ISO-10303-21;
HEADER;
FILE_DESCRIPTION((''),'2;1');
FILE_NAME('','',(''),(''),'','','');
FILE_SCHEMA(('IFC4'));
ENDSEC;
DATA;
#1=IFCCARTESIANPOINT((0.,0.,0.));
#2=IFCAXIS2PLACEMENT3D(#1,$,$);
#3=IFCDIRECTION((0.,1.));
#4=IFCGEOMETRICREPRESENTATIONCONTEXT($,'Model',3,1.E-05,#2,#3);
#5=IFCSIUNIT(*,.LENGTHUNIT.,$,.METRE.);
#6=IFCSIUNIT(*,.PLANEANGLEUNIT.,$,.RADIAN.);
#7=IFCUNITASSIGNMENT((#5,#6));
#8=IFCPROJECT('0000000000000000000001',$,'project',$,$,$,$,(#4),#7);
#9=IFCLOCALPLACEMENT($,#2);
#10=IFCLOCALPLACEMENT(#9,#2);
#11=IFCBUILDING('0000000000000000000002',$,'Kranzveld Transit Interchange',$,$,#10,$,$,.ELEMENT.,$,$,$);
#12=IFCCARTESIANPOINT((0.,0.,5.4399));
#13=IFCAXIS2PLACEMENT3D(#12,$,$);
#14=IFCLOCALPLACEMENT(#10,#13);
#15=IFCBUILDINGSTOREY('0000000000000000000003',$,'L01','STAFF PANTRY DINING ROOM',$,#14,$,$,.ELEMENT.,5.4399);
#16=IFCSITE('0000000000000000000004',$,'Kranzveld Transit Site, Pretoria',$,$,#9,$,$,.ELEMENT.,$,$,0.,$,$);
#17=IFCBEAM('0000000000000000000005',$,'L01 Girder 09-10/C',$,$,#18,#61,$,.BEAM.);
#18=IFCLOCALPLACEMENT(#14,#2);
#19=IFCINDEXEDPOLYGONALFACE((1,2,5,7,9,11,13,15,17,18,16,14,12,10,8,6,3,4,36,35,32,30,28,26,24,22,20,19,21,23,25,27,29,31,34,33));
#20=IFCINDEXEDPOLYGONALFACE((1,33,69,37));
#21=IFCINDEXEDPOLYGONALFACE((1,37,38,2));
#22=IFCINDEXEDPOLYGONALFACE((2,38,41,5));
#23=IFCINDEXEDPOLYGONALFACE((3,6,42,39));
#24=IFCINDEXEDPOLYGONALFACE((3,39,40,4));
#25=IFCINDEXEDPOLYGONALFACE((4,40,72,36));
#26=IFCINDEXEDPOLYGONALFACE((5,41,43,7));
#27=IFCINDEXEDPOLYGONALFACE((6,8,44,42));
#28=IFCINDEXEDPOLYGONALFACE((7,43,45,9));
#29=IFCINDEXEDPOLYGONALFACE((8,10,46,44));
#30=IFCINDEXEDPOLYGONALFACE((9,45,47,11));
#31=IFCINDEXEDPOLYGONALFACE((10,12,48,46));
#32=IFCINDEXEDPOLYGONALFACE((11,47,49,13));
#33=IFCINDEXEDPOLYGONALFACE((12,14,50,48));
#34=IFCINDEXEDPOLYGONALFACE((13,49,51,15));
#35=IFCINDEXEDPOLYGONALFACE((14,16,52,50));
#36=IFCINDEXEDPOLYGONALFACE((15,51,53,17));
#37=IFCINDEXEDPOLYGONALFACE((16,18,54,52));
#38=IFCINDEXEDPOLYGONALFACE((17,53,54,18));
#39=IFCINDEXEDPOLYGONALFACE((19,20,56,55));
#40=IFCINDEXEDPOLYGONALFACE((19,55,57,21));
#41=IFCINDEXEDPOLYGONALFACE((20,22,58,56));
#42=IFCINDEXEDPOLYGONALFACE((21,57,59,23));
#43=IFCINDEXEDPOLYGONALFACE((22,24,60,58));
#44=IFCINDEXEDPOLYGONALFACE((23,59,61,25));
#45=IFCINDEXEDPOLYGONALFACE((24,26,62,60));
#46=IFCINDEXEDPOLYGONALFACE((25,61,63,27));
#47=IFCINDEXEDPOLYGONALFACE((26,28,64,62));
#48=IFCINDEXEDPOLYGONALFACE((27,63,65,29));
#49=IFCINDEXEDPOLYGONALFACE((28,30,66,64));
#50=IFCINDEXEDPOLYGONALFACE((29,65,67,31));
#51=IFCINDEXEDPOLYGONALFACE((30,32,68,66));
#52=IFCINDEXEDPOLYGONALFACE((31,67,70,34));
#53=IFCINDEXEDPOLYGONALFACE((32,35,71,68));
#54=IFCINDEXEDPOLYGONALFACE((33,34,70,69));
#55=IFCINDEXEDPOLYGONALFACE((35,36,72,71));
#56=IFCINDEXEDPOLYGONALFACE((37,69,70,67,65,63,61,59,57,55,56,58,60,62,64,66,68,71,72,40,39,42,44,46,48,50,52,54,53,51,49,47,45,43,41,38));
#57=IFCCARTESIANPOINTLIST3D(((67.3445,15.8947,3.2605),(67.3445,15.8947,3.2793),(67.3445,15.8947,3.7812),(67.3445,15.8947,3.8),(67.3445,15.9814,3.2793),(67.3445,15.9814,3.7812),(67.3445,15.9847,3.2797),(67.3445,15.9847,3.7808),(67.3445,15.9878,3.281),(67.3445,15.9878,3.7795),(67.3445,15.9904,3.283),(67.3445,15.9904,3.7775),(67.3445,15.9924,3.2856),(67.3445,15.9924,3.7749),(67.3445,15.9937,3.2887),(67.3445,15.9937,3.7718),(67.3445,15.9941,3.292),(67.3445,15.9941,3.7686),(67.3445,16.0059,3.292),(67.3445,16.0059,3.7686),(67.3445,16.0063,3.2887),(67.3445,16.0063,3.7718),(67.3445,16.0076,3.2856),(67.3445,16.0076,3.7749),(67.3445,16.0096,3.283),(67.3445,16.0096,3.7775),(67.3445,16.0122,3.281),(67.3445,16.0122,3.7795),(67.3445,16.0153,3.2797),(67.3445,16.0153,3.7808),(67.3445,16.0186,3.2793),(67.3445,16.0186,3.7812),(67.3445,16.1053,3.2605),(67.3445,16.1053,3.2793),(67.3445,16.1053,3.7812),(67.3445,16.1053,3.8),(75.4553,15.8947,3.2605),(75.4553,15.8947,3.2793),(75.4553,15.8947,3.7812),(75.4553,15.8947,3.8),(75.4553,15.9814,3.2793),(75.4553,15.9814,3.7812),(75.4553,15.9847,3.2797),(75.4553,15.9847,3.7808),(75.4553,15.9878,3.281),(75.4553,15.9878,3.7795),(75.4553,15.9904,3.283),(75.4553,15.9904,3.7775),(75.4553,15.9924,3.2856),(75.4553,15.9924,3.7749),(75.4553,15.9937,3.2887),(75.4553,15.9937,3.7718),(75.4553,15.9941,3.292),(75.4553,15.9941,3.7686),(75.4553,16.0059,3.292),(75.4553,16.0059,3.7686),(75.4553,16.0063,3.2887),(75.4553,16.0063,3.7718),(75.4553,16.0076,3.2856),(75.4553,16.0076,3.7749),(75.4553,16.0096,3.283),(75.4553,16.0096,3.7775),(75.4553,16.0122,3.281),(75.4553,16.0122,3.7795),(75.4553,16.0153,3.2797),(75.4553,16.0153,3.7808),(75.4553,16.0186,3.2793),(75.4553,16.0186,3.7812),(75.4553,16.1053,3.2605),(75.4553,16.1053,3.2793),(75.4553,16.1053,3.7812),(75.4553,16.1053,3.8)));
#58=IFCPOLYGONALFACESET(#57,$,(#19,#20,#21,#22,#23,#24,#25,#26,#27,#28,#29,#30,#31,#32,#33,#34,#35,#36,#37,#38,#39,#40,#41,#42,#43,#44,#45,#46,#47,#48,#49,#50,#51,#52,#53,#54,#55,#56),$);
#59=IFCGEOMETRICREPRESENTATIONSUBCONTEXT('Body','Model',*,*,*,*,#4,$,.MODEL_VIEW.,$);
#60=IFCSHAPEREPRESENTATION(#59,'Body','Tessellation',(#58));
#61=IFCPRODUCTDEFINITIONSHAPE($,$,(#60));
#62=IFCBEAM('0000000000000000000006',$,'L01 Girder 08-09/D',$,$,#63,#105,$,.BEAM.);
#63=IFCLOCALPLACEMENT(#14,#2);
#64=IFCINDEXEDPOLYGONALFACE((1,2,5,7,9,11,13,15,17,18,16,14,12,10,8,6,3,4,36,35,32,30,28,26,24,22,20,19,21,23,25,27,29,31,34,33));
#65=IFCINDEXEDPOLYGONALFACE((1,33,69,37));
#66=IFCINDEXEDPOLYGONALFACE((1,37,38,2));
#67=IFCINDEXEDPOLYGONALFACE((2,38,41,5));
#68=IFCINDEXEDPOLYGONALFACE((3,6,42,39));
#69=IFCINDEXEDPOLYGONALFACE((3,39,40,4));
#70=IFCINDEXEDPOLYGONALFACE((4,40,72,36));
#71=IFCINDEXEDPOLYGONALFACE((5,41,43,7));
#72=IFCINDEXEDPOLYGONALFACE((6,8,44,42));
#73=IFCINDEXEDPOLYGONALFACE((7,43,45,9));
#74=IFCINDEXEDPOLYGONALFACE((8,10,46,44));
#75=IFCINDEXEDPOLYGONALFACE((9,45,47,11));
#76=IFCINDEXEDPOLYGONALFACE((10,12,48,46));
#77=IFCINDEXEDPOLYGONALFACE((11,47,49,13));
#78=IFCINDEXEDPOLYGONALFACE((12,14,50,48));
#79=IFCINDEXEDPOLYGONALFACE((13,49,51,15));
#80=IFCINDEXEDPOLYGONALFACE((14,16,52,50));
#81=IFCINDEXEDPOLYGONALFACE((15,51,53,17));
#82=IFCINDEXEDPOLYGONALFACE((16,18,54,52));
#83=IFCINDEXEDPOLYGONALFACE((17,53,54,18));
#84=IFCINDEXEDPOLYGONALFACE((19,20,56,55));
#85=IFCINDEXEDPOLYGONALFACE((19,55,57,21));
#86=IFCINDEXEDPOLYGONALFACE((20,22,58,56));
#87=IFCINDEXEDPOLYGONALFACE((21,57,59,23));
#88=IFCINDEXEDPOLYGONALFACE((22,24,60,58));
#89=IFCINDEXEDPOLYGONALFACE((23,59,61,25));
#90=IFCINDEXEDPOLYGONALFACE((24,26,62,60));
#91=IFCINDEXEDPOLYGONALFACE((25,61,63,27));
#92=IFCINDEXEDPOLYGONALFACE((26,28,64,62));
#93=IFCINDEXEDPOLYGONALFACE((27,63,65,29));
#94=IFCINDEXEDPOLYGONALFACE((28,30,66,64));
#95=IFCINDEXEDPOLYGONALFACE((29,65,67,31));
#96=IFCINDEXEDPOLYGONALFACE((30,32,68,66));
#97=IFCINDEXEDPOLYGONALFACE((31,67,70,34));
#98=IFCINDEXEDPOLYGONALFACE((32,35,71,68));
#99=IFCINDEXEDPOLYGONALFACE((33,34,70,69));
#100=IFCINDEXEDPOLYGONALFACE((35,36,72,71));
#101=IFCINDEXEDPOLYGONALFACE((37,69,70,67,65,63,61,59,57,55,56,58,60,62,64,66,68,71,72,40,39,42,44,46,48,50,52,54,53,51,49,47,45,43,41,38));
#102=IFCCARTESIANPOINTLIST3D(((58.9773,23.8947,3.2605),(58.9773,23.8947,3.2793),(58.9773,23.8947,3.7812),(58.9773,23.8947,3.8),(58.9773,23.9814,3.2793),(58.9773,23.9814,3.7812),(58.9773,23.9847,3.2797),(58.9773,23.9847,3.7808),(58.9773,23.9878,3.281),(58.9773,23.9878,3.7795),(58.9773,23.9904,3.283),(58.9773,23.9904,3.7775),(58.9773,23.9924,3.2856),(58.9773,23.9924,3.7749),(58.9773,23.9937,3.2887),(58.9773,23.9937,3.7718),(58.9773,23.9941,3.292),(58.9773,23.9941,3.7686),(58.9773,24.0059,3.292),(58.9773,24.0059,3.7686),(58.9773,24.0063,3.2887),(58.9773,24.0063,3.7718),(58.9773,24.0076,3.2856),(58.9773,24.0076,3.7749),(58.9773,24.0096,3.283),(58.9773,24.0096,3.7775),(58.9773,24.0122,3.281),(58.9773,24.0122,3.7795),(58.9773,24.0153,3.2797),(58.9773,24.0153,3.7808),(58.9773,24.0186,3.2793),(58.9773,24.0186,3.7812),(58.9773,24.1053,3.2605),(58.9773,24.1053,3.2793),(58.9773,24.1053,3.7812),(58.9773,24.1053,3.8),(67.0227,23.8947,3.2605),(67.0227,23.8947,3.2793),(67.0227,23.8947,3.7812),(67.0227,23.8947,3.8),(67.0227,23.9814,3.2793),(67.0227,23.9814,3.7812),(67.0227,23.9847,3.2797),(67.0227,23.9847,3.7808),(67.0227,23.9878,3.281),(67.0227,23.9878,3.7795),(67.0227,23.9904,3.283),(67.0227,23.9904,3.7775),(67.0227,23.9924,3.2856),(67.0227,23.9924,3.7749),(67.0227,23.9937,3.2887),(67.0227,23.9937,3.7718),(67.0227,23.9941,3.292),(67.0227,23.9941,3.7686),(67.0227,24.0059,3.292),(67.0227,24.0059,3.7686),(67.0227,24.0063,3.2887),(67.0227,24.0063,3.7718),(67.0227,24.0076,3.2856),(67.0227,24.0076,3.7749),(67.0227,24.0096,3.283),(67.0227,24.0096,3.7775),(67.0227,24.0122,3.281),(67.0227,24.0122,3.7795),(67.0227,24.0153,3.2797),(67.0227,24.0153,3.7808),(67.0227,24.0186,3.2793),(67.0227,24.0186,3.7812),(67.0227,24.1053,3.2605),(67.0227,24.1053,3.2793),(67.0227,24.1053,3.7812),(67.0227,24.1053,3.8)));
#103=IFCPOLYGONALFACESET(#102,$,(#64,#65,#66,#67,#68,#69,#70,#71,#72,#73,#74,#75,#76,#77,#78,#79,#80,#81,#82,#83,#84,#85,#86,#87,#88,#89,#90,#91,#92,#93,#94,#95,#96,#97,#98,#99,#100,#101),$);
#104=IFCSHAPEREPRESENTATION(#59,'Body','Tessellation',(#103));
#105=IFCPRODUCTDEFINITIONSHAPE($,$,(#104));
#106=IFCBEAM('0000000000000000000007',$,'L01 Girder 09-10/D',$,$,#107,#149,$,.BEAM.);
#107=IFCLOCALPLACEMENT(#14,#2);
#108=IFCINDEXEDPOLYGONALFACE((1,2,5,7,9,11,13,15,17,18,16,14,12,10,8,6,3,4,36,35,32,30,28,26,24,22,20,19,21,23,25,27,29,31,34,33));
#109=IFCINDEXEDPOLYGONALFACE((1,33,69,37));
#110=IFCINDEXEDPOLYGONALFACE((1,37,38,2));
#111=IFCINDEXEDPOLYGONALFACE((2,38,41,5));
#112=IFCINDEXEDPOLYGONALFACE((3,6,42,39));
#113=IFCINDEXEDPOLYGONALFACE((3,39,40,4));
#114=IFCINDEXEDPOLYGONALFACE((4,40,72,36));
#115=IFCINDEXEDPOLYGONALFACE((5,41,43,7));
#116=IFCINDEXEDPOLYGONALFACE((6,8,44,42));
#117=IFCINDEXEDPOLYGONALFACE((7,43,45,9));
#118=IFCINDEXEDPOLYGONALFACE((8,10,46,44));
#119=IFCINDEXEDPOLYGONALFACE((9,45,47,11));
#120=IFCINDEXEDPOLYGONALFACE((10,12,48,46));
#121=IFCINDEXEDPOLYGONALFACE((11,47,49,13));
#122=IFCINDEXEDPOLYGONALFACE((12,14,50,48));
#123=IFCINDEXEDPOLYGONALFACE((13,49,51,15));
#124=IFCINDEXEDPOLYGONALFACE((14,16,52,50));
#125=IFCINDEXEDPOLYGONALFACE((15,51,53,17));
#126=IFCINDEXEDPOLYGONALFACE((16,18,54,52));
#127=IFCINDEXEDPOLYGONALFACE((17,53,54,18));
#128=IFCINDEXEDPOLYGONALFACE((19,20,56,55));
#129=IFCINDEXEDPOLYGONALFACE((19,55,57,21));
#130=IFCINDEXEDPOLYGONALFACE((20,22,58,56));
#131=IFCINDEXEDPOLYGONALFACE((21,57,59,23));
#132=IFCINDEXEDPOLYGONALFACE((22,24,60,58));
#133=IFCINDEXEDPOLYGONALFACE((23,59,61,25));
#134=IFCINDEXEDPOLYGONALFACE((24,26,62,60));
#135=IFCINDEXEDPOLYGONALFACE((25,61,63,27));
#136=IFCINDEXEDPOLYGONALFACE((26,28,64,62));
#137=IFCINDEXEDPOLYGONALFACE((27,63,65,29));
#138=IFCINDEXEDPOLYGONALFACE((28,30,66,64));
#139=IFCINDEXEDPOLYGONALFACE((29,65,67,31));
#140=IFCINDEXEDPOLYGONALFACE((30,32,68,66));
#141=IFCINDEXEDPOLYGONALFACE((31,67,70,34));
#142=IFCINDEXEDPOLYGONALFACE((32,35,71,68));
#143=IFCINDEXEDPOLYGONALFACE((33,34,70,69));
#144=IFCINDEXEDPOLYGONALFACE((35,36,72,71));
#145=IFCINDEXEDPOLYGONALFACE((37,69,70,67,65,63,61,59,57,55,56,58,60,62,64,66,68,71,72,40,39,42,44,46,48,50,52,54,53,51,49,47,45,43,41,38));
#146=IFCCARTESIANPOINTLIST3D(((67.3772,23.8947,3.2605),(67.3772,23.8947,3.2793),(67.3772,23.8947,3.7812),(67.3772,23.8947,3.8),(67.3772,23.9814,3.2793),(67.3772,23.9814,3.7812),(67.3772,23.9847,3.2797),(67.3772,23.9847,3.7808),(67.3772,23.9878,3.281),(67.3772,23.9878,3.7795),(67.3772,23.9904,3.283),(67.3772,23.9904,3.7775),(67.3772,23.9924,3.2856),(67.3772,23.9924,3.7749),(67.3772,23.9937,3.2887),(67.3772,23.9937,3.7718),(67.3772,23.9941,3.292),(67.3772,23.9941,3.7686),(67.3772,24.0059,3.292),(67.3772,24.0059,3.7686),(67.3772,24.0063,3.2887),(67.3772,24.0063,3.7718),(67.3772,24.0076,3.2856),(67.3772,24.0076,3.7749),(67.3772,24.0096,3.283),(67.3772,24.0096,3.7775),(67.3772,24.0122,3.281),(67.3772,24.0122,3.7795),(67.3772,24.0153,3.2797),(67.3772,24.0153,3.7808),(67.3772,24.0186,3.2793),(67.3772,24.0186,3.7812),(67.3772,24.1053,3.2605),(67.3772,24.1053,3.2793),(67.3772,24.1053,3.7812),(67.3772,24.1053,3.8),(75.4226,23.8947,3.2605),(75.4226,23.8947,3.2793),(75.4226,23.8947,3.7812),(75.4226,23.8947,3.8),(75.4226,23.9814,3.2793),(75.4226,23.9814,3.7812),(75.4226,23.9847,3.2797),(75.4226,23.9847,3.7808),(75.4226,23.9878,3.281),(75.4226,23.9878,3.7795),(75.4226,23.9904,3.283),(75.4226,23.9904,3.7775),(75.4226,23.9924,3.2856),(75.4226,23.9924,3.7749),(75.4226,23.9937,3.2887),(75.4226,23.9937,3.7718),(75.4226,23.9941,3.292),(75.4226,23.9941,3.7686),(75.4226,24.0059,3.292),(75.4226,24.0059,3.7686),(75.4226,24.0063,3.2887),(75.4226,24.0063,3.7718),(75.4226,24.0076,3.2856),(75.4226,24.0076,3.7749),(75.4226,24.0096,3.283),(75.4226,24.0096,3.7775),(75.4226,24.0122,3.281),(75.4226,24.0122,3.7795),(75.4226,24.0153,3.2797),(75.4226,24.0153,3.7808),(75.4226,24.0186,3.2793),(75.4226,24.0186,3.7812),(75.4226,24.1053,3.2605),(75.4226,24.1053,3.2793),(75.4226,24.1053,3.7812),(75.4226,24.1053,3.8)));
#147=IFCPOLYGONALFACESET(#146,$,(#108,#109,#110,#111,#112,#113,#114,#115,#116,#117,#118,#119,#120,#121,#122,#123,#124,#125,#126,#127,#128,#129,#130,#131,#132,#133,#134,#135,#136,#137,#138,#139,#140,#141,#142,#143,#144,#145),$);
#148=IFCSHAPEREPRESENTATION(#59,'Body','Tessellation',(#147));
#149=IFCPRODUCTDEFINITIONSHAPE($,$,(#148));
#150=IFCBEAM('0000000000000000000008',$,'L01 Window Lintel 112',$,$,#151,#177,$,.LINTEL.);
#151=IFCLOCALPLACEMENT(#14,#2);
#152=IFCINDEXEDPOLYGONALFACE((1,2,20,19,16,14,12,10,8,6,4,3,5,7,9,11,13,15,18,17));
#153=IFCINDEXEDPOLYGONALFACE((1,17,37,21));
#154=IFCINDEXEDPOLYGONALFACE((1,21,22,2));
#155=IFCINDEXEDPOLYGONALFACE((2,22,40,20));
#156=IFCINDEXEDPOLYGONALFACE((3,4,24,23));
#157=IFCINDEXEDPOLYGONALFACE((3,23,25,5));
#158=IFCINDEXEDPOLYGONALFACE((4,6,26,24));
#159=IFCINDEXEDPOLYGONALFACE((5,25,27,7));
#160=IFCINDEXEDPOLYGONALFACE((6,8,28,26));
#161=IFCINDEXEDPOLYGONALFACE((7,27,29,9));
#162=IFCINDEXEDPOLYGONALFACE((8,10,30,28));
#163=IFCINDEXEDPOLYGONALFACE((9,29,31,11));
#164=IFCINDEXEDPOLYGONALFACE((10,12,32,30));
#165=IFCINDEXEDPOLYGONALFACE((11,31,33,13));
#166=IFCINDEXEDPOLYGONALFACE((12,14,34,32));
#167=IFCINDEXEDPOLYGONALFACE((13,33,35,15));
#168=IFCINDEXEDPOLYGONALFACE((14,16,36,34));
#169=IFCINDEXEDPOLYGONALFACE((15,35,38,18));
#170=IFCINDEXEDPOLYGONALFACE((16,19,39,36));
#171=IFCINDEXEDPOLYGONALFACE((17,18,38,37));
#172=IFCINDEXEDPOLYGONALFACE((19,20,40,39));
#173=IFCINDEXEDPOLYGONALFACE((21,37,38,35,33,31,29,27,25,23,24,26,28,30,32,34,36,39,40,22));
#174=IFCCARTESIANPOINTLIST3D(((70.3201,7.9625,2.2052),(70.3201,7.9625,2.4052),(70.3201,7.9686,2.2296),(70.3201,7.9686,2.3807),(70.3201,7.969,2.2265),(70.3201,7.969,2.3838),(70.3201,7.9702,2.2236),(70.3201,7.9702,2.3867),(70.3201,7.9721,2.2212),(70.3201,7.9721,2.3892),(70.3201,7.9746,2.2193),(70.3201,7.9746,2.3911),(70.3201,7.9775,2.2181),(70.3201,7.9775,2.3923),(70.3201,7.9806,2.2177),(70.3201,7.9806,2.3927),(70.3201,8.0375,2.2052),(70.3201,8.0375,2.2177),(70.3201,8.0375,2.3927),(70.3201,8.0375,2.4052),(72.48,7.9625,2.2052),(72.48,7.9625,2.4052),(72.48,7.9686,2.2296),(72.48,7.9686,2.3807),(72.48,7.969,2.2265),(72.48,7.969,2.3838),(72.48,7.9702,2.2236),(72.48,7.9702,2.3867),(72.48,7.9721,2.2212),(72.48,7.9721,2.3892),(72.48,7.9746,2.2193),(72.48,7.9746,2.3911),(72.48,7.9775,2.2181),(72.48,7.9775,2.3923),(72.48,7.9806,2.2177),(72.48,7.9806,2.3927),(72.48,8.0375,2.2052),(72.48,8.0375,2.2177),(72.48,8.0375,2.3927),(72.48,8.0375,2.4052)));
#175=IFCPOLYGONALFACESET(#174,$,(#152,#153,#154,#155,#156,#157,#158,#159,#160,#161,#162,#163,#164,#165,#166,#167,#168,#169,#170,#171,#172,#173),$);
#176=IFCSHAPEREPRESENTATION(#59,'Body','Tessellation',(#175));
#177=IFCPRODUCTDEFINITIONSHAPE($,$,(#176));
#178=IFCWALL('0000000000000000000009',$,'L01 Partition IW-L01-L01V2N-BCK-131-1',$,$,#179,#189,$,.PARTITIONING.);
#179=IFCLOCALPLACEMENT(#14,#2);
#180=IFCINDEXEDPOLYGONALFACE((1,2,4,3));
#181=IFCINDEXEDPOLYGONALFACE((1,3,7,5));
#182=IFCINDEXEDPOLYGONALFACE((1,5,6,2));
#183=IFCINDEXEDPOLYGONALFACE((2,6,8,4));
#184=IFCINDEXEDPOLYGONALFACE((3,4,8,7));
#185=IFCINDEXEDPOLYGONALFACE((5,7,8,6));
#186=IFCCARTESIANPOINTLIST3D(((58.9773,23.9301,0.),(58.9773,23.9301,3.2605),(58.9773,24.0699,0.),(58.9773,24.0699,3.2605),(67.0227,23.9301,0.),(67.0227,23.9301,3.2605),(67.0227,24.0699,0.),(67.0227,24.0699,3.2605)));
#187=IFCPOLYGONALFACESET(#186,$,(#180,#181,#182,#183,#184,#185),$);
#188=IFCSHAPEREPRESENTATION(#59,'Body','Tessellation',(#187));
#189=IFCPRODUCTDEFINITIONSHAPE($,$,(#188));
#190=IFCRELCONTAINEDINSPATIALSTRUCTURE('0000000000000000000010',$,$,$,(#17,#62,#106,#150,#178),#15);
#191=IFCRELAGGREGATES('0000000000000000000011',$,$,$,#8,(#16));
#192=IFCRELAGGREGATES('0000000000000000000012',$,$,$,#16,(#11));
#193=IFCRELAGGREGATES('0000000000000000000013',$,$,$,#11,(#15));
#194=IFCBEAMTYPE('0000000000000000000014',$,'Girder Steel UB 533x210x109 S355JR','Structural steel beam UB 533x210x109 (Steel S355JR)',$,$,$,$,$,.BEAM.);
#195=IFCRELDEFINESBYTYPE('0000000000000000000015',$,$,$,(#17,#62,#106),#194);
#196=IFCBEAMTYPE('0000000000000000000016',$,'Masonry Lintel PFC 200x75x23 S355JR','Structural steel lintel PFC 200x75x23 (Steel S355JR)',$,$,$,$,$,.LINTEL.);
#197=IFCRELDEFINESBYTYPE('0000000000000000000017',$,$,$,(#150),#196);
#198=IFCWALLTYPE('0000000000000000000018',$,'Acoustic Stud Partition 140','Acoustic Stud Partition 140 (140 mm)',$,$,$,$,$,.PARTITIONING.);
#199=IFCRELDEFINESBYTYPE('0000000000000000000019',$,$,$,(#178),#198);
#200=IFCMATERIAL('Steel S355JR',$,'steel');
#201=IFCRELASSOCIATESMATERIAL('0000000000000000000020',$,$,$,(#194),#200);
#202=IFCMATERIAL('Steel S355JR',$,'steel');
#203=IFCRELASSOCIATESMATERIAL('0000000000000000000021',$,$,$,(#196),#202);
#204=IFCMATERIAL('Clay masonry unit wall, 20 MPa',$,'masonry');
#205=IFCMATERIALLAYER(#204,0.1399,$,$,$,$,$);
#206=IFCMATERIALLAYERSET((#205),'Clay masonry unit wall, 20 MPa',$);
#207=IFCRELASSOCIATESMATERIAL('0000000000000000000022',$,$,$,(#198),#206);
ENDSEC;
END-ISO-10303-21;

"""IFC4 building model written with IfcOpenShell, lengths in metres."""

from ifc_helpers import new_model, si_unit, direction, frame, frame_2d, origin, origin_2d, place, context, subcontext, project, spatial, rectangle, i_section, u_section, extrude, material, layer, layer_set, material_profile, profile_set, type_object, element, save


model = new_model("IFC4")

# Units and contexts
model_context = context("Model", 3, precision=1e-05, world=origin(), true_north=direction((0.0, 1.0)))
body_context = subcontext(model_context, "Body", "Model", "MODEL_VIEW")
ifc_project = project(units=[si_unit("LENGTHUNIT", "METRE"), si_unit("PLANEANGLEUNIT", "RADIAN")], contexts=[model_context])

# Site, building, storey
site_placement = place(None, origin())
site = spatial("IfcSite", under=ifc_project, at=site_placement, Name="Kranzveld Transit Site, Pretoria", CompositionType="ELEMENT", RefElevation=0.0)
building_placement = place(site_placement, origin())
building = spatial("IfcBuilding", under=site, at=building_placement, Name="Kranzveld Transit Interchange", CompositionType="ELEMENT")
storey_placement = place(building_placement, frame((0.0, 0.0, 5.4399)))
storey = spatial("IfcBuildingStorey", under=building, at=storey_placement, Name="L01", Description="STAFF PANTRY DINING ROOM", CompositionType="ELEMENT", Elevation=5.4399)

# Beams
ifc_material_1 = material(Name="Steel S355JR", Category="steel")
ifc_material_profile_1 = material_profile(ifc_material_1, i_section(OverallWidth=0.2107, OverallDepth=0.5396, WebThickness=0.0117, FlangeThickness=0.0188, FilletRadius=0.0127, at=origin_2d()), Name="UB 533x210x109")
ifc_profile_set_1 = profile_set([ifc_material_profile_1], Name="Steel S355JR")
beam_type_1 = type_object("IfcBeamType", Name="Girder Steel UB 533x210x109 S355JR", Description="Structural steel beam UB 533x210x109 (Steel S355JR)", PredefinedType="BEAM", material=ifc_profile_set_1)
for number, where, z_axis, x_axis, name in (
    (1, (67.3445, 16.0, 3.5303), (1.0, 0.0, 0.0), (0.0, 1.0, 0.0), "L01 Girder 09-10/C"),
):
    element("IfcBeam", number, at=place(storey_placement, frame(where, z_axis=z_axis, x_axis=x_axis)), inside=storey, type_object=beam_type_1, Name=name, PredefinedType="BEAM", context=body_context, shape_type="SweptSolid", body=[
        extrude(i_section(OverallWidth=0.2107, OverallDepth=0.5396, WebThickness=0.0117, FlangeThickness=0.0188, FilletRadius=0.0127, at=origin_2d()), origin(), (0.0, 0.0, 1.0), 8.1108),
    ])
for number, where, z_axis, x_axis, name in (
    (2, (58.9773, 24.0, 3.5303), (1.0, 0.0, 0.0), (0.0, 1.0, 0.0), "L01 Girder 08-09/D"),
    (3, (67.3772, 24.0, 3.5303), (1.0, 0.0, 0.0), (0.0, 1.0, 0.0), "L01 Girder 09-10/D"),
):
    element("IfcBeam", number, at=place(storey_placement, frame(where, z_axis=z_axis, x_axis=x_axis)), inside=storey, type_object=beam_type_1, Name=name, PredefinedType="BEAM", context=body_context, shape_type="SweptSolid", body=[
        extrude(i_section(OverallWidth=0.2107, OverallDepth=0.5396, WebThickness=0.0117, FlangeThickness=0.0188, FilletRadius=0.0127, at=origin_2d()), origin(), (0.0, 0.0, 1.0), 8.0454),
    ])
ifc_material_2 = material(Name="Steel S355JR", Category="steel")
ifc_material_profile_2 = material_profile(ifc_material_2, u_section(Depth=0.2, FlangeWidth=0.075, WebThickness=0.0061, FlangeThickness=0.0125, FilletRadius=0.012, at=origin_2d()), Name="PFC 200x75x23")
ifc_profile_set_2 = profile_set([ifc_material_profile_2], Name="Steel S355JR")
beam_type_2 = type_object("IfcBeamType", Name="Masonry Lintel PFC 200x75x23 S355JR", Description="Structural steel lintel PFC 200x75x23 (Steel S355JR)", PredefinedType="LINTEL", material=ifc_profile_set_2)
beam_1_placement = place(storey_placement, frame((70.3201, 8.0, 2.3052), z_axis=(1.0, 0.0, 0.0), x_axis=(0.0, 1.0, 0.0)))
element("IfcBeam", 4, at=beam_1_placement, inside=storey, type_object=beam_type_2, Name="L01 Window Lintel 112", PredefinedType="LINTEL", context=body_context, shape_type="SweptSolid", body=[
    extrude(u_section(Depth=0.2, FlangeWidth=0.075, WebThickness=0.0061, FlangeThickness=0.0125, FilletRadius=0.012, at=origin_2d()), origin(), (0.0, 0.0, 1.0), 2.1599),
])

# Wall
ifc_material_3 = material(Name="Clay masonry unit wall, 20 MPa", Category="masonry")
ifc_layer_1 = layer(ifc_material_3, 0.1399)
ifc_layer_set_1 = layer_set([ifc_layer_1], Name="Clay masonry unit wall, 20 MPa")
wall_type_1 = type_object("IfcWallType", Name="Acoustic Stud Partition 140", Description="Acoustic Stud Partition 140 (140 mm)", PredefinedType="PARTITIONING", material=ifc_layer_set_1)
for number, where, z_axis, x_axis, name in (
    (5, (58.9773, 24.0, 0.0), (0.0, 0.0, 1.0), (1.0, 0.0, 0.0), "L01 Partition IW-L01-L01V2N-BCK-131-1"),
):
    element("IfcWall", number, at=place(storey_placement, frame(where, z_axis=z_axis, x_axis=x_axis)), inside=storey, type_object=wall_type_1, Name=name, PredefinedType="PARTITIONING", context=body_context, shape_type="SweptSolid", body=[
        extrude(rectangle(XDim=8.0454, YDim=0.1399, at=frame_2d((4.0227, 0.0))), origin(), (0.0, 0.0, 1.0), 3.2605),
    ])

save(model, "model.ifc")
